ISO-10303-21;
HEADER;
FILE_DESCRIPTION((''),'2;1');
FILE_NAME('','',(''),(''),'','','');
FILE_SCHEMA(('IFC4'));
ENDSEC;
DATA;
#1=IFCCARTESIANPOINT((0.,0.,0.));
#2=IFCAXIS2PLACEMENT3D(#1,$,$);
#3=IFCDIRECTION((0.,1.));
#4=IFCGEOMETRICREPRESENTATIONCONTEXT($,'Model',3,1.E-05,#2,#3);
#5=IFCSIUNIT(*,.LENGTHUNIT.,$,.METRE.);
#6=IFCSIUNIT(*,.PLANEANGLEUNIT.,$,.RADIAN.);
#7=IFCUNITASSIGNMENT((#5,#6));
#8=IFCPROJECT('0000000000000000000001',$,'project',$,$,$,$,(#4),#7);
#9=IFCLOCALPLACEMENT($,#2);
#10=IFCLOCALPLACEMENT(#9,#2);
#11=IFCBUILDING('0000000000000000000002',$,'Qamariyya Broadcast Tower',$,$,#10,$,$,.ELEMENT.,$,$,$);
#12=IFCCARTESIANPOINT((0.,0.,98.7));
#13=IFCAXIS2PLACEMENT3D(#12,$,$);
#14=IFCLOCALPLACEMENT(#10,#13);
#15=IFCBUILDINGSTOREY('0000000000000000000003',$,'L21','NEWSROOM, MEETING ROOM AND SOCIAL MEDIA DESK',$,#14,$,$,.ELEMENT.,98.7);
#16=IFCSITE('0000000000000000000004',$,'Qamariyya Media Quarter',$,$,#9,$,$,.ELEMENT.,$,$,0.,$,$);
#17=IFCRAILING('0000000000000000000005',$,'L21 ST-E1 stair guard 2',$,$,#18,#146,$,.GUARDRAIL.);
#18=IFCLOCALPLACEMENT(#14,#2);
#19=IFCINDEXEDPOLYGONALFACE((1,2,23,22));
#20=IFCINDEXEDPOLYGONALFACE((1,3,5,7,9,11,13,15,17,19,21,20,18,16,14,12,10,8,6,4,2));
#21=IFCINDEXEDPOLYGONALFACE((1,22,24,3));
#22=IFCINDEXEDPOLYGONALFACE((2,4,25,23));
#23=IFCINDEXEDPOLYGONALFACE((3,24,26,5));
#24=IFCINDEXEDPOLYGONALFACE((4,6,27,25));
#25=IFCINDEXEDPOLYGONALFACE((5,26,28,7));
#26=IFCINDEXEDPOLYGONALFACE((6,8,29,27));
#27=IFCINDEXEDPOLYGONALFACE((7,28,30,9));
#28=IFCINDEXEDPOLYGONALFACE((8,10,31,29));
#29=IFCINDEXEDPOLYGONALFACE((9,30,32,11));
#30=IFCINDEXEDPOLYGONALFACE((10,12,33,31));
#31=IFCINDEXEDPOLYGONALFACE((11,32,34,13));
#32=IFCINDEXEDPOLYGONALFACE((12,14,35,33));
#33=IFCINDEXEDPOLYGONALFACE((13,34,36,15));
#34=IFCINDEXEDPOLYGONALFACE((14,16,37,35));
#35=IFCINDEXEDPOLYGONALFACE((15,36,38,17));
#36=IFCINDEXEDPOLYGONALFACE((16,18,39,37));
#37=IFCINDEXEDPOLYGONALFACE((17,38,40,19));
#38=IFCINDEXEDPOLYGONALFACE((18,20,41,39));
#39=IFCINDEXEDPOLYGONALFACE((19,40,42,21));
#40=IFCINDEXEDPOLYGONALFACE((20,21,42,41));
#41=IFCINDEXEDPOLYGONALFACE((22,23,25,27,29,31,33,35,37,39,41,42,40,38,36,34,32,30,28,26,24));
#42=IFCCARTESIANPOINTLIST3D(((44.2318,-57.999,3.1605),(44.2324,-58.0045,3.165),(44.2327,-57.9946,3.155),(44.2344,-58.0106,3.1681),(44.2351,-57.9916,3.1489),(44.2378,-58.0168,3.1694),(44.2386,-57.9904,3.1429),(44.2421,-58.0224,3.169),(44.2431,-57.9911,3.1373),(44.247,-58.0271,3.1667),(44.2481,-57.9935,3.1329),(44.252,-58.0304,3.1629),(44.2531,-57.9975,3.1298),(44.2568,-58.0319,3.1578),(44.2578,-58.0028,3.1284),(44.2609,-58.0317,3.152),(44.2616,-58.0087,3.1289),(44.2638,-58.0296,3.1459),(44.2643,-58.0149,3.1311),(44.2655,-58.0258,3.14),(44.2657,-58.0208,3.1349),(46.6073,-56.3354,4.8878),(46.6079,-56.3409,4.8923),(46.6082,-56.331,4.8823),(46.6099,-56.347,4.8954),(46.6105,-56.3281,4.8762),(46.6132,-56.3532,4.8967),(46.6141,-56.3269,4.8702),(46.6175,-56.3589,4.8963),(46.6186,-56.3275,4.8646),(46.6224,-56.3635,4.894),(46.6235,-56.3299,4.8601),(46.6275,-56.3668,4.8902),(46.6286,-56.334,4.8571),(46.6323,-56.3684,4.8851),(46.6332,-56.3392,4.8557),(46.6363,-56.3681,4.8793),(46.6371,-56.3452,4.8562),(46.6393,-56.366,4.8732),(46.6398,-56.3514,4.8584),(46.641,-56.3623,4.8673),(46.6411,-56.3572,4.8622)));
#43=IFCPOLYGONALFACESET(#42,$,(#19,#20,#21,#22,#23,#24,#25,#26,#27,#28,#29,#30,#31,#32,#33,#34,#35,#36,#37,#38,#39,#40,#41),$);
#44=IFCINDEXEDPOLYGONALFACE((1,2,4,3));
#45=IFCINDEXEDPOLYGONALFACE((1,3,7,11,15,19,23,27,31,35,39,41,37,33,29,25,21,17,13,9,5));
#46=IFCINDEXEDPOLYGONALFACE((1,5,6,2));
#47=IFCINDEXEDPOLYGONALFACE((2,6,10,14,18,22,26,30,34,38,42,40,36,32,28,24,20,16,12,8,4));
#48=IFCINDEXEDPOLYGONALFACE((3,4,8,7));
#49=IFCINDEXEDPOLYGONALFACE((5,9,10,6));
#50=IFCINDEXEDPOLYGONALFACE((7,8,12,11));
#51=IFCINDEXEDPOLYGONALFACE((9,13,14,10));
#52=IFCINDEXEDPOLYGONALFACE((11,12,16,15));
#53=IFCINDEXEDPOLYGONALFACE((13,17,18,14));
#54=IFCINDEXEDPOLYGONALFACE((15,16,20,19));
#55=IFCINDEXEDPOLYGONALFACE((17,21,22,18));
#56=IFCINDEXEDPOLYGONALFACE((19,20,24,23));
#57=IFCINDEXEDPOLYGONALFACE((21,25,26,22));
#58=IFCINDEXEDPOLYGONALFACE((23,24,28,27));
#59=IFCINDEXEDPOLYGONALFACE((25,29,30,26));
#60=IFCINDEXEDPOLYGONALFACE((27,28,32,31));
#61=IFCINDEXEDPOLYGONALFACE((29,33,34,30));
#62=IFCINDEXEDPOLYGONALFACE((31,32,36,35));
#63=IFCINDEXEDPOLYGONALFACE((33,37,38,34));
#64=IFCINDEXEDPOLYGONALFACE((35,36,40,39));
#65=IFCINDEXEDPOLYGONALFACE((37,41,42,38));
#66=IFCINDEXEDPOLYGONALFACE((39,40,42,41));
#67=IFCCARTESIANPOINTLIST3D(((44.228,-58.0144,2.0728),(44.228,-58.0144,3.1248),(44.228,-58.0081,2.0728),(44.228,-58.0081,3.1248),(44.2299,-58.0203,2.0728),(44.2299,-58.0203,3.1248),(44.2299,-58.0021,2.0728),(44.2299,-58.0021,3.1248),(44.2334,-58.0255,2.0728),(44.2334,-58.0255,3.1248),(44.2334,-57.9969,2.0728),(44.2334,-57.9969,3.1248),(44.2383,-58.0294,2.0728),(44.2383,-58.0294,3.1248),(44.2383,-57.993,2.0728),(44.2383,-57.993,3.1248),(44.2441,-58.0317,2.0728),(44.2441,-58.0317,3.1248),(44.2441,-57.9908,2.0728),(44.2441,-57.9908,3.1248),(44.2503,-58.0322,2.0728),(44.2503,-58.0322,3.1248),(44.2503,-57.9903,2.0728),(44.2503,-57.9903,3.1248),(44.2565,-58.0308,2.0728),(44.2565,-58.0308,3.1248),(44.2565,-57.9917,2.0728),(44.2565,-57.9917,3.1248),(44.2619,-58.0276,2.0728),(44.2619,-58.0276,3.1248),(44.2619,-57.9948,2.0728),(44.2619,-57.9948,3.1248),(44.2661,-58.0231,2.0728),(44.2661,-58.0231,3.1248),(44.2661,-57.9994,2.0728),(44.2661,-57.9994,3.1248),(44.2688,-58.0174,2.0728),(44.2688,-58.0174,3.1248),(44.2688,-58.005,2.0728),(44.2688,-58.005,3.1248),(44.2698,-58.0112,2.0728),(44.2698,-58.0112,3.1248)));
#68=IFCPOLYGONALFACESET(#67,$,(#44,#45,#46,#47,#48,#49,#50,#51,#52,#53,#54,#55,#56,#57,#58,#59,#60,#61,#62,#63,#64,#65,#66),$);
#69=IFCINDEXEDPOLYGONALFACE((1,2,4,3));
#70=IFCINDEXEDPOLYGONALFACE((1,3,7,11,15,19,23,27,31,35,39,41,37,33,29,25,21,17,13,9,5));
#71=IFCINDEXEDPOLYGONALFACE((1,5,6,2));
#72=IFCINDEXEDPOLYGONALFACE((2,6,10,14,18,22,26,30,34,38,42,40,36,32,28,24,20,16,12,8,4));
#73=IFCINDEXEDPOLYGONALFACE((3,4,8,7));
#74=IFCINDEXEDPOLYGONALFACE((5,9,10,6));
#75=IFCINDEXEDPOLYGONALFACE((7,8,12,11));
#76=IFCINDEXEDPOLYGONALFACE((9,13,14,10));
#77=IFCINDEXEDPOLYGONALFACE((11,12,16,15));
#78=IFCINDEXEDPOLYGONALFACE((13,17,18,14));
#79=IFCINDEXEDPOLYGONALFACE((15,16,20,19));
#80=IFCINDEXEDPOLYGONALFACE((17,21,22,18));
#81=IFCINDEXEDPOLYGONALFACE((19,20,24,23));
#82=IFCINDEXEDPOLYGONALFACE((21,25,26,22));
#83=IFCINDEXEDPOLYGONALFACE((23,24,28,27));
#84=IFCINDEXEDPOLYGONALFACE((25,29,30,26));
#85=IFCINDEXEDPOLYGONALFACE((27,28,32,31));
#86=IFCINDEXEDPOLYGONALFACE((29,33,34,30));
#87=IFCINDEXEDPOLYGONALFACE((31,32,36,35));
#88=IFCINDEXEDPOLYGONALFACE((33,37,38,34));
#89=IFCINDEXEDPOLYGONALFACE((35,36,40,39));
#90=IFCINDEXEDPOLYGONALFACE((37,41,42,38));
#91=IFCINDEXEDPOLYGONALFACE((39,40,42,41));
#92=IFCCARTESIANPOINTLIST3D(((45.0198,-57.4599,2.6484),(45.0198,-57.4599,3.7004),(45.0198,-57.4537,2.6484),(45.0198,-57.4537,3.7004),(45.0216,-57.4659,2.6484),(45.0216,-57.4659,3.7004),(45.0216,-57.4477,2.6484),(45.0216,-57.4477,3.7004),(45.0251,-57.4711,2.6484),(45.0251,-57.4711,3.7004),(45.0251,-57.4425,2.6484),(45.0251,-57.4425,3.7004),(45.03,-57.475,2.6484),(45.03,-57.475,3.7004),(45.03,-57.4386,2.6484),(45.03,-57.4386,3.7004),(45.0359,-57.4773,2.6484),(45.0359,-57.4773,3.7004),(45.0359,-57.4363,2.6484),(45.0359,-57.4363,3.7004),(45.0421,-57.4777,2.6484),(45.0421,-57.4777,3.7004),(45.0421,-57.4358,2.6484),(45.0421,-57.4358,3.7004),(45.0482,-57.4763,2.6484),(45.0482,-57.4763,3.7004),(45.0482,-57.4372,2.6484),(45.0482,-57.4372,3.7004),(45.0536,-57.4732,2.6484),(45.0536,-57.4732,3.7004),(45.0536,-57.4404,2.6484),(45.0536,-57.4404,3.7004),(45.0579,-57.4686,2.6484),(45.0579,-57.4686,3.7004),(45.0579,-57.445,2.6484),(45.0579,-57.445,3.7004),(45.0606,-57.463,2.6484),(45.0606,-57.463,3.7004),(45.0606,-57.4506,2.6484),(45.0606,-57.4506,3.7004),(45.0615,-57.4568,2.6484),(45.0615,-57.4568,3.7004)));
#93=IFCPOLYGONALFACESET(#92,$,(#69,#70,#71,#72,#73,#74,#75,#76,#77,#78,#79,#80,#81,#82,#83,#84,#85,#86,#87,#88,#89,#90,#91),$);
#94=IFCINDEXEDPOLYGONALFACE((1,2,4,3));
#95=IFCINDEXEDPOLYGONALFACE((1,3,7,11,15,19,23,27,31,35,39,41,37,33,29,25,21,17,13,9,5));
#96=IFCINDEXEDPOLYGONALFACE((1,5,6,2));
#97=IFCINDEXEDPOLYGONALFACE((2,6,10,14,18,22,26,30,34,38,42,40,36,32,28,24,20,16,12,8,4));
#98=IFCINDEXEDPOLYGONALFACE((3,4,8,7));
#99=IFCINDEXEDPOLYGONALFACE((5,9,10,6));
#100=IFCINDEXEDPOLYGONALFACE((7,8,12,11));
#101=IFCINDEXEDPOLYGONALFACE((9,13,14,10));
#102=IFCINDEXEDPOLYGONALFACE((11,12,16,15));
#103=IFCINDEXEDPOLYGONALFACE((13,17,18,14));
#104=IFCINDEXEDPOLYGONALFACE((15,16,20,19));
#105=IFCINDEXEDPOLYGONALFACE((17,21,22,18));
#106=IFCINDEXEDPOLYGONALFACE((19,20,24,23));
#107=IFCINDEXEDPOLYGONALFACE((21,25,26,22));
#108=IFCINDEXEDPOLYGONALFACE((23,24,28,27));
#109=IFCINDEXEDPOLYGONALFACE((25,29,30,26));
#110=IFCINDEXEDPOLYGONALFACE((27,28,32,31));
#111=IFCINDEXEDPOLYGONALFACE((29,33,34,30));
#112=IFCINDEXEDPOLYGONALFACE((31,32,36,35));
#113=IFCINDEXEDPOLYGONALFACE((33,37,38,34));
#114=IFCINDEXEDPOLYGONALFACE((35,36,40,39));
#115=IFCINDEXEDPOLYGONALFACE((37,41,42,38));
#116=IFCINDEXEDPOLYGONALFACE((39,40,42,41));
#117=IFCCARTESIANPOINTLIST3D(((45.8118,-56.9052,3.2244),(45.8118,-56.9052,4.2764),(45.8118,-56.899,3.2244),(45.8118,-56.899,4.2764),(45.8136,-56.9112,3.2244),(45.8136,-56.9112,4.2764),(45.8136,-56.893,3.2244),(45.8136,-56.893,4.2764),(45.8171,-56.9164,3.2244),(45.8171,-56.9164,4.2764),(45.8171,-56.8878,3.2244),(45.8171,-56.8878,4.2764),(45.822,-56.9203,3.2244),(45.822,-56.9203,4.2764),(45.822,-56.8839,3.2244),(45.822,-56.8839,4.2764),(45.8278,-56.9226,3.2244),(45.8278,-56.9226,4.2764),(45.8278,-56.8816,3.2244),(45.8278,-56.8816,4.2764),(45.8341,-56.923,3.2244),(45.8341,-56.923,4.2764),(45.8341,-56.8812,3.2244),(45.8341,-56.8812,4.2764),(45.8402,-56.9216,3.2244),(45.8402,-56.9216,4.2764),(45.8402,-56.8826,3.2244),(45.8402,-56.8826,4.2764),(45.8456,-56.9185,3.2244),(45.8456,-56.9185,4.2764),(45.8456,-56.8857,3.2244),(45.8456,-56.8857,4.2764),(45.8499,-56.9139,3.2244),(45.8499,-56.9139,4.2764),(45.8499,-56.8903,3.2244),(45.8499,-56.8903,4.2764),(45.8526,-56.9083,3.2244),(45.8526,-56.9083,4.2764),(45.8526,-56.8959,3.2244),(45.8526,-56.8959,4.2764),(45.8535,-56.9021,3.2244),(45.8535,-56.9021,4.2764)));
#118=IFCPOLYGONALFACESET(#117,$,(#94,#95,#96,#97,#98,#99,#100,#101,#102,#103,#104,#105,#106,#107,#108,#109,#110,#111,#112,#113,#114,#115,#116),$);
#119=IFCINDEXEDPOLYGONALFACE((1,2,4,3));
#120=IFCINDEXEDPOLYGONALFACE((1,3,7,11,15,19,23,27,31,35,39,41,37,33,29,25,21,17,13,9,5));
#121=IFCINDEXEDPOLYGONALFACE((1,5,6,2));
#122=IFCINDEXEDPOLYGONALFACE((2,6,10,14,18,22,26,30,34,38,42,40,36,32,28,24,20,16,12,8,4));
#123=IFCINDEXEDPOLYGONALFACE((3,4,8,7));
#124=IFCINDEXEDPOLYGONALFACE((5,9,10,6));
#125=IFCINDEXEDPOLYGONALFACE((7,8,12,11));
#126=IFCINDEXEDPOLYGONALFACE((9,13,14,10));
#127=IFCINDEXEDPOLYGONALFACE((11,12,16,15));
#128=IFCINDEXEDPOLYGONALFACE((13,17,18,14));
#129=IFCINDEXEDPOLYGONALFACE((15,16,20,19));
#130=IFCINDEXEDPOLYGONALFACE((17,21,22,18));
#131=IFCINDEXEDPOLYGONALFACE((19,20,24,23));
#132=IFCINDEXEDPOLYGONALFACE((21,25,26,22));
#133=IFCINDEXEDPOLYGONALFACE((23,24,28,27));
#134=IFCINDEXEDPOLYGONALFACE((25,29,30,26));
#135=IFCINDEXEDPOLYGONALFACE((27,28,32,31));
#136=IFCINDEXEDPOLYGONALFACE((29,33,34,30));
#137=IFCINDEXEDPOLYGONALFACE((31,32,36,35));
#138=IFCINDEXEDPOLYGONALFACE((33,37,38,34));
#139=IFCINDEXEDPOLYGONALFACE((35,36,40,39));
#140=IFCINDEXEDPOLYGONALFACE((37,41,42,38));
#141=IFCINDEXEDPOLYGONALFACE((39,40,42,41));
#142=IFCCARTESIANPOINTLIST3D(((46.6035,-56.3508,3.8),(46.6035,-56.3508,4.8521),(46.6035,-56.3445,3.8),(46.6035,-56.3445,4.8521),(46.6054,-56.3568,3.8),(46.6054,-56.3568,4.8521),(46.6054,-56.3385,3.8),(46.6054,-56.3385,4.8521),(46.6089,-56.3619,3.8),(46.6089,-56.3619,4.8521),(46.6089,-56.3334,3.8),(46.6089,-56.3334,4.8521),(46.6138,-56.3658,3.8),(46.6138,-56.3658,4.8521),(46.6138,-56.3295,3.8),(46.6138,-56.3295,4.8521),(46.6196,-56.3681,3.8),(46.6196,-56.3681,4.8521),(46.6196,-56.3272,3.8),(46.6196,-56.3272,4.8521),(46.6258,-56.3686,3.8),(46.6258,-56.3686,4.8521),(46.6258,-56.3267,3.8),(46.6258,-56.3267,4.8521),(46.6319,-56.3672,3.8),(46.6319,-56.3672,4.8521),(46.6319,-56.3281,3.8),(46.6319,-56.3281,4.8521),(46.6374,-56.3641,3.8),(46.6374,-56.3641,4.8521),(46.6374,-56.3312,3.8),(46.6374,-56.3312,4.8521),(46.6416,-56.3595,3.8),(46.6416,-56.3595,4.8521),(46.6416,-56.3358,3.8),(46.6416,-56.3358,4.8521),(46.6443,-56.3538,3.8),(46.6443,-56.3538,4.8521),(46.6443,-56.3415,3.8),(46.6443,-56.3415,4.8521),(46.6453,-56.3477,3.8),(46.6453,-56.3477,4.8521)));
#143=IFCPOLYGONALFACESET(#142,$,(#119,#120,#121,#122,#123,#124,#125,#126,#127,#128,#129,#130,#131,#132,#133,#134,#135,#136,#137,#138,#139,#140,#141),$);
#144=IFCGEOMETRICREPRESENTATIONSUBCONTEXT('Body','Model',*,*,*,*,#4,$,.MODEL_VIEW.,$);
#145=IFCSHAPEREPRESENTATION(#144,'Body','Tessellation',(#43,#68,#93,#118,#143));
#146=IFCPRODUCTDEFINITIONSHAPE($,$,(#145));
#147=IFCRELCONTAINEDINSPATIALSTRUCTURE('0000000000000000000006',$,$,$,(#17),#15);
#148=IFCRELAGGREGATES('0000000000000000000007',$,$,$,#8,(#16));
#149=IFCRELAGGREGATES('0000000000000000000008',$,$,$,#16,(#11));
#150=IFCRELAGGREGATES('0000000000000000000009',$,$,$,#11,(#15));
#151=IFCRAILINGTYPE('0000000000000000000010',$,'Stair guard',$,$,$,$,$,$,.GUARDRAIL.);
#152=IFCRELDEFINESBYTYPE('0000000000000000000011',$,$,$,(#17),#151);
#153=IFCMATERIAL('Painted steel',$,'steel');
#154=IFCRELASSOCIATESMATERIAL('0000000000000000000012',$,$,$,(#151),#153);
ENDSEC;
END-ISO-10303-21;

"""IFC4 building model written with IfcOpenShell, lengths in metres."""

from ifc_helpers import new_model, si_unit, direction, frame, origin, origin_2d, place, context, subcontext, project, spatial, circle, extrude, material, type_object, element, save


model = new_model("IFC4")

# Units and contexts
model_context = context("Model", 3, precision=1e-05, world=origin(), true_north=direction((0.0, 1.0)))
body_context = subcontext(model_context, "Body", "Model", "MODEL_VIEW")
ifc_project = project(units=[si_unit("LENGTHUNIT", "METRE"), si_unit("PLANEANGLEUNIT", "RADIAN")], contexts=[model_context])

# Site, building, storey
site_placement = place(None, origin())
site = spatial("IfcSite", under=ifc_project, at=site_placement, Name="Qamariyya Media Quarter", CompositionType="ELEMENT", RefElevation=0.0)
building_placement = place(site_placement, origin())
building = spatial("IfcBuilding", under=site, at=building_placement, Name="Qamariyya Broadcast Tower", CompositionType="ELEMENT")
storey_placement = place(building_placement, frame((0.0, 0.0, 98.7)))
storey = spatial("IfcBuildingStorey", under=building, at=storey_placement, Name="L21", Description="NEWSROOM, MEETING ROOM AND SOCIAL MEDIA DESK", CompositionType="ELEMENT", Elevation=98.7)

# Railing
ifc_material_1 = material(Name="Painted steel", Category="steel")
railing_type_1 = type_object("IfcRailingType", Name="Stair guard", PredefinedType="GUARDRAIL", material=ifc_material_1)
railing_1_placement = place(storey_placement, frame((44.2488, -58.0112, 2.0728)))
element("IfcRailing", 1, at=railing_1_placement, inside=storey, type_object=railing_type_1, Name="L21 ST-E1 stair guard 2", PredefinedType="GUARDRAIL", context=body_context, shape_type="SweptSolid", body=[
    extrude(circle(Radius=0.0239, at=origin_2d()), frame((0.0, 0.0, 1.0762), z_axis=(0.703745, 0.492838, 0.511716), x_axis=(-0.573632, 0.819113, 0.0)), (0.0, 0.0, 1.0), 3.3755),
    extrude(circle(Radius=0.021, at=origin_2d()), origin(), (0.0, 0.0, 1.0), 1.052),
    extrude(circle(Radius=0.021, at=origin_2d()), frame((0.7917, 0.5544, 0.5757)), (0.0, 0.0, 1.0), 1.052),
    extrude(circle(Radius=0.021, at=origin_2d()), frame((1.5837, 1.1091, 1.1516)), (0.0, 0.0, 1.0), 1.052),
    extrude(circle(Radius=0.021, at=origin_2d()), frame((2.3755, 1.6636, 1.7273)), (0.0, 0.0, 1.0), 1.052),
])

save(model, "model.ifc")
